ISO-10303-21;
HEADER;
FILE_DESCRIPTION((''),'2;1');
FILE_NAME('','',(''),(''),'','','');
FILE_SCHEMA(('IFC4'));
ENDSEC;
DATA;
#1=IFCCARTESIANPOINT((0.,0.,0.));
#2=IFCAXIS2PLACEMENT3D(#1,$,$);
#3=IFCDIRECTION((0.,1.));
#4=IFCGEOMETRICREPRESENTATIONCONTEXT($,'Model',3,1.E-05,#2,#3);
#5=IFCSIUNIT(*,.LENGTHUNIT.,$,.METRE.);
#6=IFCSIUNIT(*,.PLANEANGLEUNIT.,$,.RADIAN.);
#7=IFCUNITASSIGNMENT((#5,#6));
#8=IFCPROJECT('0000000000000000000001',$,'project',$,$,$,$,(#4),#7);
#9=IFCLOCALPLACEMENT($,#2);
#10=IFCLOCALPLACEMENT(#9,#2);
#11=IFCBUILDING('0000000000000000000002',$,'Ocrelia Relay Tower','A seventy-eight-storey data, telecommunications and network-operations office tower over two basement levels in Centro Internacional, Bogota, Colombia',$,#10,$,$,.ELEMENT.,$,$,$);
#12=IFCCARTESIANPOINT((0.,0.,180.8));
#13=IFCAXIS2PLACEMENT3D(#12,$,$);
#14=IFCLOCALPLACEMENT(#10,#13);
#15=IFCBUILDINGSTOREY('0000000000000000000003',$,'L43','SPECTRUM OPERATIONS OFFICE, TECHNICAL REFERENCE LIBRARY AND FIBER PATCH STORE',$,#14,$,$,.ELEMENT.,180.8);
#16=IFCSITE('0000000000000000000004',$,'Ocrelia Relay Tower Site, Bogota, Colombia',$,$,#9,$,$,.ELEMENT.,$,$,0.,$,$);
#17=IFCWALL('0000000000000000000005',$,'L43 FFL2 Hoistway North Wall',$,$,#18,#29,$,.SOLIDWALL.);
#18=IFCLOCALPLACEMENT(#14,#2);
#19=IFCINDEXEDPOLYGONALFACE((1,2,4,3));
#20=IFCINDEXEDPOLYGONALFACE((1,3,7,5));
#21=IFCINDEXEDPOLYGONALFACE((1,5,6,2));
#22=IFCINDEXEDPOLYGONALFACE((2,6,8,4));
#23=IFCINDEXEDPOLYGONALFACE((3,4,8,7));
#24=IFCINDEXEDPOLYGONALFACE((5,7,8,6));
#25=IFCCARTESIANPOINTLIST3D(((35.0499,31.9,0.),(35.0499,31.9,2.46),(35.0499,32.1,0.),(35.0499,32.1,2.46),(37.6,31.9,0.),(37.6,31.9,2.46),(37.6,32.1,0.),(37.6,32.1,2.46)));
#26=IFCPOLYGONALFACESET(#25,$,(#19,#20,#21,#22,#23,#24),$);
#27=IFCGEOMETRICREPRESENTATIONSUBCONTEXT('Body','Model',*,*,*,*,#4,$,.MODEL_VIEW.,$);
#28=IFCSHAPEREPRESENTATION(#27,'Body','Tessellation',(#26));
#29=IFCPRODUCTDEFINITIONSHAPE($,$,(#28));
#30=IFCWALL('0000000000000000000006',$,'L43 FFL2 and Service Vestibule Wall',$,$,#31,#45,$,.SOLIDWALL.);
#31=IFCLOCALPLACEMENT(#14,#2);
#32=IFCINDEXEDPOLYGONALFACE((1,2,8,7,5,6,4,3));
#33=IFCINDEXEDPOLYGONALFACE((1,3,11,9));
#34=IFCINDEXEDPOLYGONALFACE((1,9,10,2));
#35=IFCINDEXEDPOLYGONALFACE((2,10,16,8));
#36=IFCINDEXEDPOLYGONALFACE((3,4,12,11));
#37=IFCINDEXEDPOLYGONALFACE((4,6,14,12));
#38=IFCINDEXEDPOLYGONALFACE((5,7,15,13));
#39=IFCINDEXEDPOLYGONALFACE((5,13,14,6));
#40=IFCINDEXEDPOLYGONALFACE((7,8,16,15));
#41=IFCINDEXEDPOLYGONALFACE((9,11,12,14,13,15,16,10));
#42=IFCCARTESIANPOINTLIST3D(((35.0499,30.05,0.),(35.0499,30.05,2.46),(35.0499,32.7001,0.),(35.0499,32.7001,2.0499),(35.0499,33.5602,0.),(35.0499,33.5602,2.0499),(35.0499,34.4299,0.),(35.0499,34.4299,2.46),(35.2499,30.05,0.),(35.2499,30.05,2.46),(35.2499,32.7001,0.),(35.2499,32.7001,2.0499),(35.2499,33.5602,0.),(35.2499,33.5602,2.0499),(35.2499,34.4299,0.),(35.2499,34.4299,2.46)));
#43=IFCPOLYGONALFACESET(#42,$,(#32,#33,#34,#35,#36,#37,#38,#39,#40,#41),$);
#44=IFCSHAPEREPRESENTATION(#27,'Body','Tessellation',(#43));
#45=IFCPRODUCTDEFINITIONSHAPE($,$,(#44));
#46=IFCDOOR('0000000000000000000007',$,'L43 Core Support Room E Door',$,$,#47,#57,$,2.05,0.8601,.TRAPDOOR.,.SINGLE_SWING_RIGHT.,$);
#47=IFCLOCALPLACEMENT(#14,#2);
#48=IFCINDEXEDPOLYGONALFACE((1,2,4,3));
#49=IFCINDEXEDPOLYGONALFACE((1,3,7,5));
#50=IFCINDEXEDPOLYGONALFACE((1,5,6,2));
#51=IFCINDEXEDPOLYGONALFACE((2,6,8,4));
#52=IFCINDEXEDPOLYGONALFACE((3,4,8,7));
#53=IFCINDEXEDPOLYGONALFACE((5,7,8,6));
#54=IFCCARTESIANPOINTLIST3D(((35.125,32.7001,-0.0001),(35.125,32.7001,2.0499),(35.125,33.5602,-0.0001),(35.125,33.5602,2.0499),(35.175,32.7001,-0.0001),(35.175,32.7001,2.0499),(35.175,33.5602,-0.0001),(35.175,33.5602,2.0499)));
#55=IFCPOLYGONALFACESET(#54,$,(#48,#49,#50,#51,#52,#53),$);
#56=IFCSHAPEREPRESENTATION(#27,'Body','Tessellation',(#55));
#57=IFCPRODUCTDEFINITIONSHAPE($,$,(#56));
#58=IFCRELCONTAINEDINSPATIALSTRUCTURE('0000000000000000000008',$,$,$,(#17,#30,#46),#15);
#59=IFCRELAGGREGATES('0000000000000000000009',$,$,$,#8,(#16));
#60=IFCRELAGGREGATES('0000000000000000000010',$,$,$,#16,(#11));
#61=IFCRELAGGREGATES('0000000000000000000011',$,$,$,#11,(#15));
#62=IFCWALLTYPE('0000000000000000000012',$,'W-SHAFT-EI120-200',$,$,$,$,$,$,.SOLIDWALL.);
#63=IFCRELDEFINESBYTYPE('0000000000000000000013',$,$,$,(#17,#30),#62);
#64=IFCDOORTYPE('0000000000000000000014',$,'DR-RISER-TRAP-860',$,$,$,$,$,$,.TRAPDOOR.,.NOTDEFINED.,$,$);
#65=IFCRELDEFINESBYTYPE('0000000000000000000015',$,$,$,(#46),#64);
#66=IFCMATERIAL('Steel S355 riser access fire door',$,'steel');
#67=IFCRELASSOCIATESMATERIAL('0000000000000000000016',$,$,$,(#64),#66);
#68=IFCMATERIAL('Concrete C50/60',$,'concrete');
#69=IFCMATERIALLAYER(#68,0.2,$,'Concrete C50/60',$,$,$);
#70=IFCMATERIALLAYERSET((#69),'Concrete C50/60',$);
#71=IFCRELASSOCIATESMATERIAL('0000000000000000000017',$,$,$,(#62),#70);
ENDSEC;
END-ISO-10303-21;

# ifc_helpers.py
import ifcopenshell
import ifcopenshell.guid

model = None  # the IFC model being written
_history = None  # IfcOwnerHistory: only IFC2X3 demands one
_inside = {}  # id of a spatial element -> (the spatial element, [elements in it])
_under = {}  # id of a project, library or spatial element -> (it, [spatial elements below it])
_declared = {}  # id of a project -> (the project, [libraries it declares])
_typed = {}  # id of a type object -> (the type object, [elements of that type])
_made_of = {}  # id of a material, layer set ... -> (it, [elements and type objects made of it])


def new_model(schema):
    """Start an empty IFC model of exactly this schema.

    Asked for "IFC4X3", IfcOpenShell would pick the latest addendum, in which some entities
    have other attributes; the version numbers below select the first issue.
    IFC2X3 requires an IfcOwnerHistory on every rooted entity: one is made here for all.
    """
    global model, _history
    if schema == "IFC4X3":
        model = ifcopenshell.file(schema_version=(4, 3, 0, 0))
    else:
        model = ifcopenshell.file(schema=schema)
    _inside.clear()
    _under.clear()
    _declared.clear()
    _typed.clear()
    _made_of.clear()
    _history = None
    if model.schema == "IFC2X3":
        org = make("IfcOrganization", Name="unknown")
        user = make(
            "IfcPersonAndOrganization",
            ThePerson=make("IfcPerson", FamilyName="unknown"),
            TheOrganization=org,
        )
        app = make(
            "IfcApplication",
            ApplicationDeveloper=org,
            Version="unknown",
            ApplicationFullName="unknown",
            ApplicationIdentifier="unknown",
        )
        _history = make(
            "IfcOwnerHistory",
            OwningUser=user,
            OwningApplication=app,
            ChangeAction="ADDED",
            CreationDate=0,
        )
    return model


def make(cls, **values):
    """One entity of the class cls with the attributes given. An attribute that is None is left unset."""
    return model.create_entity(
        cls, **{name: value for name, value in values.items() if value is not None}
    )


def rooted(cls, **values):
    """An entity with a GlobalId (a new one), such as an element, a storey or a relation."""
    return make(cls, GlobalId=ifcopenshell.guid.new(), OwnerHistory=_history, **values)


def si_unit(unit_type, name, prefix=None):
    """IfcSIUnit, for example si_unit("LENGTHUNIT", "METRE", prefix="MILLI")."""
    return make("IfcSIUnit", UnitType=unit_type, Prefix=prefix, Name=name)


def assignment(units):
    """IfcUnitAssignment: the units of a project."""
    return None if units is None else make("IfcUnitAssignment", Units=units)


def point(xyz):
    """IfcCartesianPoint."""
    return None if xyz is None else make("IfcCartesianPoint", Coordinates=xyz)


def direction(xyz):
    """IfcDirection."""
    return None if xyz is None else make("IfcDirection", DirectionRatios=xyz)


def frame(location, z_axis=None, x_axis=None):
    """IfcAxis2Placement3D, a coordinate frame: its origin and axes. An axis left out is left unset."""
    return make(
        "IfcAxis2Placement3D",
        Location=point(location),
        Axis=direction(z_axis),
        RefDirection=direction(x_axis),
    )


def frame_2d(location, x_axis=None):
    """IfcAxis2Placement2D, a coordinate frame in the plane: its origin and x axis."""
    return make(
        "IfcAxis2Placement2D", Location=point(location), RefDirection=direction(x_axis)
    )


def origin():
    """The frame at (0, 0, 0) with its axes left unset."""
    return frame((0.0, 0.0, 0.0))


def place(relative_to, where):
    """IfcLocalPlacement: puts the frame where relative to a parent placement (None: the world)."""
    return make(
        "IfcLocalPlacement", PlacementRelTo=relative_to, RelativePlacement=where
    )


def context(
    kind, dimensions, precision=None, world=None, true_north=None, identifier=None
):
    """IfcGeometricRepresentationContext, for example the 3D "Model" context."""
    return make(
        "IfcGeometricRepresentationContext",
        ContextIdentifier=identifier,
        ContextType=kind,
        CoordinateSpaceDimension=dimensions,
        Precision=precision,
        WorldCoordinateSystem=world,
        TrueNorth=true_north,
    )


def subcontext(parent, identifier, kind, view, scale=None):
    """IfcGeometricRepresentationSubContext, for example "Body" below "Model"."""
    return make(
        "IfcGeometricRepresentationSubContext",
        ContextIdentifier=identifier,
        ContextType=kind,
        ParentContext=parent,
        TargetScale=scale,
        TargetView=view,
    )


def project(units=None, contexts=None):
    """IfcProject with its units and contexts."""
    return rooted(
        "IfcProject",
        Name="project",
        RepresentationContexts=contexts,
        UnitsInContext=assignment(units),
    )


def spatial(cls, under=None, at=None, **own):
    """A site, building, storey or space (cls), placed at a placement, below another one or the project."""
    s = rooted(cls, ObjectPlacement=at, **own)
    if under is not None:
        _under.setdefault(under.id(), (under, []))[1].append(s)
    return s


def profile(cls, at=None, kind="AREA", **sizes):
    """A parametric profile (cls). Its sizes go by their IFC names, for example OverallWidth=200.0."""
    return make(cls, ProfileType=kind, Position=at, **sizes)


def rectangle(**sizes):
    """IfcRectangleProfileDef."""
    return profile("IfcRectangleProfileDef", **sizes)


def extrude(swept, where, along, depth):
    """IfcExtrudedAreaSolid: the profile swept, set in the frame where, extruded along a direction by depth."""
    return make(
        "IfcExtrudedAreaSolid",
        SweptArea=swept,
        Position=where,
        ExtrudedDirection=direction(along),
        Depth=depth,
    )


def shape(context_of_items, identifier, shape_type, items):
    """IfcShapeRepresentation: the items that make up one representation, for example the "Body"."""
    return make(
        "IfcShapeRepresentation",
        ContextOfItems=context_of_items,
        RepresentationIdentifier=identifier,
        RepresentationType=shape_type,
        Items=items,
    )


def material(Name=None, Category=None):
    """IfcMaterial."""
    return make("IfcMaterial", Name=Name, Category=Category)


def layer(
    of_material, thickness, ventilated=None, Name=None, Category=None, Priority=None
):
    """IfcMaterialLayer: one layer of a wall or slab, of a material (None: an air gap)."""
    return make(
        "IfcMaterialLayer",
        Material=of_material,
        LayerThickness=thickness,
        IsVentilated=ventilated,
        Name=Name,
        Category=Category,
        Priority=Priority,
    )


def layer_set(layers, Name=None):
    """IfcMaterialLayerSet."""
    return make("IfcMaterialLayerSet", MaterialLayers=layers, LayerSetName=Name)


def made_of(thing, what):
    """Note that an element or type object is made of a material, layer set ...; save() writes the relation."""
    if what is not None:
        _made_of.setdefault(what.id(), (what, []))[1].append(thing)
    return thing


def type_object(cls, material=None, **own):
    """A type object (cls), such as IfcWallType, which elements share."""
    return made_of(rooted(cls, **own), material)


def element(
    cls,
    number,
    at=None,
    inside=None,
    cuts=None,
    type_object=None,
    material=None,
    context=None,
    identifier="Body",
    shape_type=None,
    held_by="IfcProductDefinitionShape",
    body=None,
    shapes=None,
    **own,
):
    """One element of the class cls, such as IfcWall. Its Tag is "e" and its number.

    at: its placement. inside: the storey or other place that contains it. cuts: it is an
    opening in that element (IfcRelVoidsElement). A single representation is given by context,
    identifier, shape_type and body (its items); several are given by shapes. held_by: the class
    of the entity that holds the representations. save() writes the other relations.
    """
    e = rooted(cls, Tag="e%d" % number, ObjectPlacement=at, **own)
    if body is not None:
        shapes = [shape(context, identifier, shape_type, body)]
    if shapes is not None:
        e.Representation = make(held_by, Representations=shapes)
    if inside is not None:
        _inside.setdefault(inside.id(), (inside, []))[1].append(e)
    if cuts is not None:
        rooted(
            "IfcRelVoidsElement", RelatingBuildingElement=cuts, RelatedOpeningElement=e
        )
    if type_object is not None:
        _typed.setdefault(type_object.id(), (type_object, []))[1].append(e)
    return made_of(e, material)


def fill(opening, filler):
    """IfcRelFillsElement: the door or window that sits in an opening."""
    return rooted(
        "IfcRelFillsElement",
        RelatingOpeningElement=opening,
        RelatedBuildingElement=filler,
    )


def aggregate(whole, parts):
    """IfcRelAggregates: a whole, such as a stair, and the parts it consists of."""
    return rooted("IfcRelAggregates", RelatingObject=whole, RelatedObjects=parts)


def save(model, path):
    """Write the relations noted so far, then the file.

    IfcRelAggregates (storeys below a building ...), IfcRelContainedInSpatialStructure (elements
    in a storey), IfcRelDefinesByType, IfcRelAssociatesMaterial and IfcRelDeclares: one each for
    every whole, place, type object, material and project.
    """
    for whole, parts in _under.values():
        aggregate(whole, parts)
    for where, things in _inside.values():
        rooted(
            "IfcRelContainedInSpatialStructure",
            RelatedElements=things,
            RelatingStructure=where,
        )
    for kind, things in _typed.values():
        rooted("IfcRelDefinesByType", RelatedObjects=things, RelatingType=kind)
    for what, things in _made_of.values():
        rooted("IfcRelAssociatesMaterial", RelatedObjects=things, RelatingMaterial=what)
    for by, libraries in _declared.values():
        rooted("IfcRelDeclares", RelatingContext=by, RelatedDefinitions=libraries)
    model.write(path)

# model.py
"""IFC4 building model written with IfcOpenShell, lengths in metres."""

from ifc_helpers import new_model, si_unit, direction, frame, frame_2d, origin, place, context, subcontext, project, spatial, rectangle, extrude, material, layer, layer_set, type_object, element, fill, save


model = new_model("IFC4")

# Units and contexts
model_context = context("Model", 3, precision=1e-05, world=origin(), true_north=direction((0.0, 1.0)))
body_context = subcontext(model_context, "Body", "Model", "MODEL_VIEW")
ifc_project = project(units=[si_unit("LENGTHUNIT", "METRE"), si_unit("PLANEANGLEUNIT", "RADIAN")], contexts=[model_context])

# Site, building, storey
site_placement = place(None, origin())
site = spatial("IfcSite", under=ifc_project, at=site_placement, Name="Ocrelia Relay Tower Site, Bogota, Colombia", CompositionType="ELEMENT", RefElevation=0.0)
building_placement = place(site_placement, origin())
building = spatial("IfcBuilding", under=site, at=building_placement, Name="Ocrelia Relay Tower", Description="A seventy-eight-storey data, telecommunications and network-operations office tower over two basement levels in Centro Internacional, Bogota, Colombia", CompositionType="ELEMENT")
storey_placement = place(building_placement, frame((0.0, 0.0, 180.8)))
storey = spatial("IfcBuildingStorey", under=building, at=storey_placement, Name="L43", Description="SPECTRUM OPERATIONS OFFICE, TECHNICAL REFERENCE LIBRARY AND FIBER PATCH STORE", CompositionType="ELEMENT", Elevation=180.8)

# Shared definitions
ifc_material_1 = material(Name="Concrete C50/60", Category="concrete")

# Shared definitions
ifc_material_2 = material(Name="Steel S355 riser access fire door", Category="steel")
door_type_1 = type_object("IfcDoorType", Name="DR-RISER-TRAP-860", OperationType="NOTDEFINED", PredefinedType="TRAPDOOR", material=ifc_material_2)

# Shared definitions
ifc_layer_1 = layer(ifc_material_1, 0.2, Name="Concrete C50/60")
ifc_layer_set_1 = layer_set([ifc_layer_1], Name="Concrete C50/60")
wall_type_1 = type_object("IfcWallType", Name="W-SHAFT-EI120-200", PredefinedType="SOLIDWALL", material=ifc_layer_set_1)

# Wall
wall_1_placement = place(storey_placement, frame((35.05, 32.0, 0.0), z_axis=(0.0, 0.0, 1.0), x_axis=(1.0, 0.0, 0.0)))
element("IfcWall", 1, at=wall_1_placement, inside=storey, type_object=wall_type_1, Name="L43 FFL2 Hoistway North Wall", PredefinedType="SOLIDWALL", context=body_context, shape_type="SweptSolid", body=[
    extrude(rectangle(XDim=2.55, YDim=0.2, at=frame_2d((1.2749, 0.0))), origin(), (0.0, 0.0, 1.0), 2.46),
])

# Wall, opening, door
wall_2_placement = place(storey_placement, frame((35.1499, 30.05, 0.0), z_axis=(0.0, 0.0, 1.0), x_axis=(0.0, 1.0, 0.0)))
wall_2 = element("IfcWall", 2, at=wall_2_placement, inside=storey, type_object=wall_type_1, Name="L43 FFL2 and Service Vestibule Wall", PredefinedType="SOLIDWALL", context=body_context, shape_type="SweptSolid", body=[
    extrude(rectangle(XDim=4.3799, YDim=0.2, at=frame_2d((2.1899, 0.0))), origin(), (0.0, 0.0, 1.0), 2.46),
])
opening_1_placement = place(wall_2_placement, frame((2.6499, 0.0, 0.0)))
opening_1 = element("IfcOpeningElement", 3, at=opening_1_placement, cuts=wall_2, PredefinedType="OPENING", context=body_context, shape_type="SweptSolid", body=[
    extrude(rectangle(XDim=0.8601, YDim=2.05, at=frame_2d((0.4302, 1.0249))), frame((0.0, 0.1099, 0.0), z_axis=(0.0, -1.0, 0.0), x_axis=(1.0, 0.0, 0.0)), (0.0, 0.0, 1.0), 0.22),
])
door_1_placement = place(opening_1_placement, origin())
door_1 = element("IfcDoor", 4, at=door_1_placement, inside=storey, type_object=door_type_1, Name="L43 Core Support Room E Door", OperationType="SINGLE_SWING_RIGHT", OverallHeight=2.05, OverallWidth=0.8601, PredefinedType="TRAPDOOR", context=body_context, shape_type="SweptSolid", body=[
    extrude(rectangle(XDim=0.8601, YDim=2.05, at=frame_2d((0.4302, 1.0249))), frame((0.0, 0.0249, 0.0), z_axis=(0.0, -1.0, 0.0), x_axis=(1.0, 0.0, 0.0)), (0.0, 0.0, 1.0), 0.05),
])
fill(opening_1, door_1)

save(model, "model.ifc")
